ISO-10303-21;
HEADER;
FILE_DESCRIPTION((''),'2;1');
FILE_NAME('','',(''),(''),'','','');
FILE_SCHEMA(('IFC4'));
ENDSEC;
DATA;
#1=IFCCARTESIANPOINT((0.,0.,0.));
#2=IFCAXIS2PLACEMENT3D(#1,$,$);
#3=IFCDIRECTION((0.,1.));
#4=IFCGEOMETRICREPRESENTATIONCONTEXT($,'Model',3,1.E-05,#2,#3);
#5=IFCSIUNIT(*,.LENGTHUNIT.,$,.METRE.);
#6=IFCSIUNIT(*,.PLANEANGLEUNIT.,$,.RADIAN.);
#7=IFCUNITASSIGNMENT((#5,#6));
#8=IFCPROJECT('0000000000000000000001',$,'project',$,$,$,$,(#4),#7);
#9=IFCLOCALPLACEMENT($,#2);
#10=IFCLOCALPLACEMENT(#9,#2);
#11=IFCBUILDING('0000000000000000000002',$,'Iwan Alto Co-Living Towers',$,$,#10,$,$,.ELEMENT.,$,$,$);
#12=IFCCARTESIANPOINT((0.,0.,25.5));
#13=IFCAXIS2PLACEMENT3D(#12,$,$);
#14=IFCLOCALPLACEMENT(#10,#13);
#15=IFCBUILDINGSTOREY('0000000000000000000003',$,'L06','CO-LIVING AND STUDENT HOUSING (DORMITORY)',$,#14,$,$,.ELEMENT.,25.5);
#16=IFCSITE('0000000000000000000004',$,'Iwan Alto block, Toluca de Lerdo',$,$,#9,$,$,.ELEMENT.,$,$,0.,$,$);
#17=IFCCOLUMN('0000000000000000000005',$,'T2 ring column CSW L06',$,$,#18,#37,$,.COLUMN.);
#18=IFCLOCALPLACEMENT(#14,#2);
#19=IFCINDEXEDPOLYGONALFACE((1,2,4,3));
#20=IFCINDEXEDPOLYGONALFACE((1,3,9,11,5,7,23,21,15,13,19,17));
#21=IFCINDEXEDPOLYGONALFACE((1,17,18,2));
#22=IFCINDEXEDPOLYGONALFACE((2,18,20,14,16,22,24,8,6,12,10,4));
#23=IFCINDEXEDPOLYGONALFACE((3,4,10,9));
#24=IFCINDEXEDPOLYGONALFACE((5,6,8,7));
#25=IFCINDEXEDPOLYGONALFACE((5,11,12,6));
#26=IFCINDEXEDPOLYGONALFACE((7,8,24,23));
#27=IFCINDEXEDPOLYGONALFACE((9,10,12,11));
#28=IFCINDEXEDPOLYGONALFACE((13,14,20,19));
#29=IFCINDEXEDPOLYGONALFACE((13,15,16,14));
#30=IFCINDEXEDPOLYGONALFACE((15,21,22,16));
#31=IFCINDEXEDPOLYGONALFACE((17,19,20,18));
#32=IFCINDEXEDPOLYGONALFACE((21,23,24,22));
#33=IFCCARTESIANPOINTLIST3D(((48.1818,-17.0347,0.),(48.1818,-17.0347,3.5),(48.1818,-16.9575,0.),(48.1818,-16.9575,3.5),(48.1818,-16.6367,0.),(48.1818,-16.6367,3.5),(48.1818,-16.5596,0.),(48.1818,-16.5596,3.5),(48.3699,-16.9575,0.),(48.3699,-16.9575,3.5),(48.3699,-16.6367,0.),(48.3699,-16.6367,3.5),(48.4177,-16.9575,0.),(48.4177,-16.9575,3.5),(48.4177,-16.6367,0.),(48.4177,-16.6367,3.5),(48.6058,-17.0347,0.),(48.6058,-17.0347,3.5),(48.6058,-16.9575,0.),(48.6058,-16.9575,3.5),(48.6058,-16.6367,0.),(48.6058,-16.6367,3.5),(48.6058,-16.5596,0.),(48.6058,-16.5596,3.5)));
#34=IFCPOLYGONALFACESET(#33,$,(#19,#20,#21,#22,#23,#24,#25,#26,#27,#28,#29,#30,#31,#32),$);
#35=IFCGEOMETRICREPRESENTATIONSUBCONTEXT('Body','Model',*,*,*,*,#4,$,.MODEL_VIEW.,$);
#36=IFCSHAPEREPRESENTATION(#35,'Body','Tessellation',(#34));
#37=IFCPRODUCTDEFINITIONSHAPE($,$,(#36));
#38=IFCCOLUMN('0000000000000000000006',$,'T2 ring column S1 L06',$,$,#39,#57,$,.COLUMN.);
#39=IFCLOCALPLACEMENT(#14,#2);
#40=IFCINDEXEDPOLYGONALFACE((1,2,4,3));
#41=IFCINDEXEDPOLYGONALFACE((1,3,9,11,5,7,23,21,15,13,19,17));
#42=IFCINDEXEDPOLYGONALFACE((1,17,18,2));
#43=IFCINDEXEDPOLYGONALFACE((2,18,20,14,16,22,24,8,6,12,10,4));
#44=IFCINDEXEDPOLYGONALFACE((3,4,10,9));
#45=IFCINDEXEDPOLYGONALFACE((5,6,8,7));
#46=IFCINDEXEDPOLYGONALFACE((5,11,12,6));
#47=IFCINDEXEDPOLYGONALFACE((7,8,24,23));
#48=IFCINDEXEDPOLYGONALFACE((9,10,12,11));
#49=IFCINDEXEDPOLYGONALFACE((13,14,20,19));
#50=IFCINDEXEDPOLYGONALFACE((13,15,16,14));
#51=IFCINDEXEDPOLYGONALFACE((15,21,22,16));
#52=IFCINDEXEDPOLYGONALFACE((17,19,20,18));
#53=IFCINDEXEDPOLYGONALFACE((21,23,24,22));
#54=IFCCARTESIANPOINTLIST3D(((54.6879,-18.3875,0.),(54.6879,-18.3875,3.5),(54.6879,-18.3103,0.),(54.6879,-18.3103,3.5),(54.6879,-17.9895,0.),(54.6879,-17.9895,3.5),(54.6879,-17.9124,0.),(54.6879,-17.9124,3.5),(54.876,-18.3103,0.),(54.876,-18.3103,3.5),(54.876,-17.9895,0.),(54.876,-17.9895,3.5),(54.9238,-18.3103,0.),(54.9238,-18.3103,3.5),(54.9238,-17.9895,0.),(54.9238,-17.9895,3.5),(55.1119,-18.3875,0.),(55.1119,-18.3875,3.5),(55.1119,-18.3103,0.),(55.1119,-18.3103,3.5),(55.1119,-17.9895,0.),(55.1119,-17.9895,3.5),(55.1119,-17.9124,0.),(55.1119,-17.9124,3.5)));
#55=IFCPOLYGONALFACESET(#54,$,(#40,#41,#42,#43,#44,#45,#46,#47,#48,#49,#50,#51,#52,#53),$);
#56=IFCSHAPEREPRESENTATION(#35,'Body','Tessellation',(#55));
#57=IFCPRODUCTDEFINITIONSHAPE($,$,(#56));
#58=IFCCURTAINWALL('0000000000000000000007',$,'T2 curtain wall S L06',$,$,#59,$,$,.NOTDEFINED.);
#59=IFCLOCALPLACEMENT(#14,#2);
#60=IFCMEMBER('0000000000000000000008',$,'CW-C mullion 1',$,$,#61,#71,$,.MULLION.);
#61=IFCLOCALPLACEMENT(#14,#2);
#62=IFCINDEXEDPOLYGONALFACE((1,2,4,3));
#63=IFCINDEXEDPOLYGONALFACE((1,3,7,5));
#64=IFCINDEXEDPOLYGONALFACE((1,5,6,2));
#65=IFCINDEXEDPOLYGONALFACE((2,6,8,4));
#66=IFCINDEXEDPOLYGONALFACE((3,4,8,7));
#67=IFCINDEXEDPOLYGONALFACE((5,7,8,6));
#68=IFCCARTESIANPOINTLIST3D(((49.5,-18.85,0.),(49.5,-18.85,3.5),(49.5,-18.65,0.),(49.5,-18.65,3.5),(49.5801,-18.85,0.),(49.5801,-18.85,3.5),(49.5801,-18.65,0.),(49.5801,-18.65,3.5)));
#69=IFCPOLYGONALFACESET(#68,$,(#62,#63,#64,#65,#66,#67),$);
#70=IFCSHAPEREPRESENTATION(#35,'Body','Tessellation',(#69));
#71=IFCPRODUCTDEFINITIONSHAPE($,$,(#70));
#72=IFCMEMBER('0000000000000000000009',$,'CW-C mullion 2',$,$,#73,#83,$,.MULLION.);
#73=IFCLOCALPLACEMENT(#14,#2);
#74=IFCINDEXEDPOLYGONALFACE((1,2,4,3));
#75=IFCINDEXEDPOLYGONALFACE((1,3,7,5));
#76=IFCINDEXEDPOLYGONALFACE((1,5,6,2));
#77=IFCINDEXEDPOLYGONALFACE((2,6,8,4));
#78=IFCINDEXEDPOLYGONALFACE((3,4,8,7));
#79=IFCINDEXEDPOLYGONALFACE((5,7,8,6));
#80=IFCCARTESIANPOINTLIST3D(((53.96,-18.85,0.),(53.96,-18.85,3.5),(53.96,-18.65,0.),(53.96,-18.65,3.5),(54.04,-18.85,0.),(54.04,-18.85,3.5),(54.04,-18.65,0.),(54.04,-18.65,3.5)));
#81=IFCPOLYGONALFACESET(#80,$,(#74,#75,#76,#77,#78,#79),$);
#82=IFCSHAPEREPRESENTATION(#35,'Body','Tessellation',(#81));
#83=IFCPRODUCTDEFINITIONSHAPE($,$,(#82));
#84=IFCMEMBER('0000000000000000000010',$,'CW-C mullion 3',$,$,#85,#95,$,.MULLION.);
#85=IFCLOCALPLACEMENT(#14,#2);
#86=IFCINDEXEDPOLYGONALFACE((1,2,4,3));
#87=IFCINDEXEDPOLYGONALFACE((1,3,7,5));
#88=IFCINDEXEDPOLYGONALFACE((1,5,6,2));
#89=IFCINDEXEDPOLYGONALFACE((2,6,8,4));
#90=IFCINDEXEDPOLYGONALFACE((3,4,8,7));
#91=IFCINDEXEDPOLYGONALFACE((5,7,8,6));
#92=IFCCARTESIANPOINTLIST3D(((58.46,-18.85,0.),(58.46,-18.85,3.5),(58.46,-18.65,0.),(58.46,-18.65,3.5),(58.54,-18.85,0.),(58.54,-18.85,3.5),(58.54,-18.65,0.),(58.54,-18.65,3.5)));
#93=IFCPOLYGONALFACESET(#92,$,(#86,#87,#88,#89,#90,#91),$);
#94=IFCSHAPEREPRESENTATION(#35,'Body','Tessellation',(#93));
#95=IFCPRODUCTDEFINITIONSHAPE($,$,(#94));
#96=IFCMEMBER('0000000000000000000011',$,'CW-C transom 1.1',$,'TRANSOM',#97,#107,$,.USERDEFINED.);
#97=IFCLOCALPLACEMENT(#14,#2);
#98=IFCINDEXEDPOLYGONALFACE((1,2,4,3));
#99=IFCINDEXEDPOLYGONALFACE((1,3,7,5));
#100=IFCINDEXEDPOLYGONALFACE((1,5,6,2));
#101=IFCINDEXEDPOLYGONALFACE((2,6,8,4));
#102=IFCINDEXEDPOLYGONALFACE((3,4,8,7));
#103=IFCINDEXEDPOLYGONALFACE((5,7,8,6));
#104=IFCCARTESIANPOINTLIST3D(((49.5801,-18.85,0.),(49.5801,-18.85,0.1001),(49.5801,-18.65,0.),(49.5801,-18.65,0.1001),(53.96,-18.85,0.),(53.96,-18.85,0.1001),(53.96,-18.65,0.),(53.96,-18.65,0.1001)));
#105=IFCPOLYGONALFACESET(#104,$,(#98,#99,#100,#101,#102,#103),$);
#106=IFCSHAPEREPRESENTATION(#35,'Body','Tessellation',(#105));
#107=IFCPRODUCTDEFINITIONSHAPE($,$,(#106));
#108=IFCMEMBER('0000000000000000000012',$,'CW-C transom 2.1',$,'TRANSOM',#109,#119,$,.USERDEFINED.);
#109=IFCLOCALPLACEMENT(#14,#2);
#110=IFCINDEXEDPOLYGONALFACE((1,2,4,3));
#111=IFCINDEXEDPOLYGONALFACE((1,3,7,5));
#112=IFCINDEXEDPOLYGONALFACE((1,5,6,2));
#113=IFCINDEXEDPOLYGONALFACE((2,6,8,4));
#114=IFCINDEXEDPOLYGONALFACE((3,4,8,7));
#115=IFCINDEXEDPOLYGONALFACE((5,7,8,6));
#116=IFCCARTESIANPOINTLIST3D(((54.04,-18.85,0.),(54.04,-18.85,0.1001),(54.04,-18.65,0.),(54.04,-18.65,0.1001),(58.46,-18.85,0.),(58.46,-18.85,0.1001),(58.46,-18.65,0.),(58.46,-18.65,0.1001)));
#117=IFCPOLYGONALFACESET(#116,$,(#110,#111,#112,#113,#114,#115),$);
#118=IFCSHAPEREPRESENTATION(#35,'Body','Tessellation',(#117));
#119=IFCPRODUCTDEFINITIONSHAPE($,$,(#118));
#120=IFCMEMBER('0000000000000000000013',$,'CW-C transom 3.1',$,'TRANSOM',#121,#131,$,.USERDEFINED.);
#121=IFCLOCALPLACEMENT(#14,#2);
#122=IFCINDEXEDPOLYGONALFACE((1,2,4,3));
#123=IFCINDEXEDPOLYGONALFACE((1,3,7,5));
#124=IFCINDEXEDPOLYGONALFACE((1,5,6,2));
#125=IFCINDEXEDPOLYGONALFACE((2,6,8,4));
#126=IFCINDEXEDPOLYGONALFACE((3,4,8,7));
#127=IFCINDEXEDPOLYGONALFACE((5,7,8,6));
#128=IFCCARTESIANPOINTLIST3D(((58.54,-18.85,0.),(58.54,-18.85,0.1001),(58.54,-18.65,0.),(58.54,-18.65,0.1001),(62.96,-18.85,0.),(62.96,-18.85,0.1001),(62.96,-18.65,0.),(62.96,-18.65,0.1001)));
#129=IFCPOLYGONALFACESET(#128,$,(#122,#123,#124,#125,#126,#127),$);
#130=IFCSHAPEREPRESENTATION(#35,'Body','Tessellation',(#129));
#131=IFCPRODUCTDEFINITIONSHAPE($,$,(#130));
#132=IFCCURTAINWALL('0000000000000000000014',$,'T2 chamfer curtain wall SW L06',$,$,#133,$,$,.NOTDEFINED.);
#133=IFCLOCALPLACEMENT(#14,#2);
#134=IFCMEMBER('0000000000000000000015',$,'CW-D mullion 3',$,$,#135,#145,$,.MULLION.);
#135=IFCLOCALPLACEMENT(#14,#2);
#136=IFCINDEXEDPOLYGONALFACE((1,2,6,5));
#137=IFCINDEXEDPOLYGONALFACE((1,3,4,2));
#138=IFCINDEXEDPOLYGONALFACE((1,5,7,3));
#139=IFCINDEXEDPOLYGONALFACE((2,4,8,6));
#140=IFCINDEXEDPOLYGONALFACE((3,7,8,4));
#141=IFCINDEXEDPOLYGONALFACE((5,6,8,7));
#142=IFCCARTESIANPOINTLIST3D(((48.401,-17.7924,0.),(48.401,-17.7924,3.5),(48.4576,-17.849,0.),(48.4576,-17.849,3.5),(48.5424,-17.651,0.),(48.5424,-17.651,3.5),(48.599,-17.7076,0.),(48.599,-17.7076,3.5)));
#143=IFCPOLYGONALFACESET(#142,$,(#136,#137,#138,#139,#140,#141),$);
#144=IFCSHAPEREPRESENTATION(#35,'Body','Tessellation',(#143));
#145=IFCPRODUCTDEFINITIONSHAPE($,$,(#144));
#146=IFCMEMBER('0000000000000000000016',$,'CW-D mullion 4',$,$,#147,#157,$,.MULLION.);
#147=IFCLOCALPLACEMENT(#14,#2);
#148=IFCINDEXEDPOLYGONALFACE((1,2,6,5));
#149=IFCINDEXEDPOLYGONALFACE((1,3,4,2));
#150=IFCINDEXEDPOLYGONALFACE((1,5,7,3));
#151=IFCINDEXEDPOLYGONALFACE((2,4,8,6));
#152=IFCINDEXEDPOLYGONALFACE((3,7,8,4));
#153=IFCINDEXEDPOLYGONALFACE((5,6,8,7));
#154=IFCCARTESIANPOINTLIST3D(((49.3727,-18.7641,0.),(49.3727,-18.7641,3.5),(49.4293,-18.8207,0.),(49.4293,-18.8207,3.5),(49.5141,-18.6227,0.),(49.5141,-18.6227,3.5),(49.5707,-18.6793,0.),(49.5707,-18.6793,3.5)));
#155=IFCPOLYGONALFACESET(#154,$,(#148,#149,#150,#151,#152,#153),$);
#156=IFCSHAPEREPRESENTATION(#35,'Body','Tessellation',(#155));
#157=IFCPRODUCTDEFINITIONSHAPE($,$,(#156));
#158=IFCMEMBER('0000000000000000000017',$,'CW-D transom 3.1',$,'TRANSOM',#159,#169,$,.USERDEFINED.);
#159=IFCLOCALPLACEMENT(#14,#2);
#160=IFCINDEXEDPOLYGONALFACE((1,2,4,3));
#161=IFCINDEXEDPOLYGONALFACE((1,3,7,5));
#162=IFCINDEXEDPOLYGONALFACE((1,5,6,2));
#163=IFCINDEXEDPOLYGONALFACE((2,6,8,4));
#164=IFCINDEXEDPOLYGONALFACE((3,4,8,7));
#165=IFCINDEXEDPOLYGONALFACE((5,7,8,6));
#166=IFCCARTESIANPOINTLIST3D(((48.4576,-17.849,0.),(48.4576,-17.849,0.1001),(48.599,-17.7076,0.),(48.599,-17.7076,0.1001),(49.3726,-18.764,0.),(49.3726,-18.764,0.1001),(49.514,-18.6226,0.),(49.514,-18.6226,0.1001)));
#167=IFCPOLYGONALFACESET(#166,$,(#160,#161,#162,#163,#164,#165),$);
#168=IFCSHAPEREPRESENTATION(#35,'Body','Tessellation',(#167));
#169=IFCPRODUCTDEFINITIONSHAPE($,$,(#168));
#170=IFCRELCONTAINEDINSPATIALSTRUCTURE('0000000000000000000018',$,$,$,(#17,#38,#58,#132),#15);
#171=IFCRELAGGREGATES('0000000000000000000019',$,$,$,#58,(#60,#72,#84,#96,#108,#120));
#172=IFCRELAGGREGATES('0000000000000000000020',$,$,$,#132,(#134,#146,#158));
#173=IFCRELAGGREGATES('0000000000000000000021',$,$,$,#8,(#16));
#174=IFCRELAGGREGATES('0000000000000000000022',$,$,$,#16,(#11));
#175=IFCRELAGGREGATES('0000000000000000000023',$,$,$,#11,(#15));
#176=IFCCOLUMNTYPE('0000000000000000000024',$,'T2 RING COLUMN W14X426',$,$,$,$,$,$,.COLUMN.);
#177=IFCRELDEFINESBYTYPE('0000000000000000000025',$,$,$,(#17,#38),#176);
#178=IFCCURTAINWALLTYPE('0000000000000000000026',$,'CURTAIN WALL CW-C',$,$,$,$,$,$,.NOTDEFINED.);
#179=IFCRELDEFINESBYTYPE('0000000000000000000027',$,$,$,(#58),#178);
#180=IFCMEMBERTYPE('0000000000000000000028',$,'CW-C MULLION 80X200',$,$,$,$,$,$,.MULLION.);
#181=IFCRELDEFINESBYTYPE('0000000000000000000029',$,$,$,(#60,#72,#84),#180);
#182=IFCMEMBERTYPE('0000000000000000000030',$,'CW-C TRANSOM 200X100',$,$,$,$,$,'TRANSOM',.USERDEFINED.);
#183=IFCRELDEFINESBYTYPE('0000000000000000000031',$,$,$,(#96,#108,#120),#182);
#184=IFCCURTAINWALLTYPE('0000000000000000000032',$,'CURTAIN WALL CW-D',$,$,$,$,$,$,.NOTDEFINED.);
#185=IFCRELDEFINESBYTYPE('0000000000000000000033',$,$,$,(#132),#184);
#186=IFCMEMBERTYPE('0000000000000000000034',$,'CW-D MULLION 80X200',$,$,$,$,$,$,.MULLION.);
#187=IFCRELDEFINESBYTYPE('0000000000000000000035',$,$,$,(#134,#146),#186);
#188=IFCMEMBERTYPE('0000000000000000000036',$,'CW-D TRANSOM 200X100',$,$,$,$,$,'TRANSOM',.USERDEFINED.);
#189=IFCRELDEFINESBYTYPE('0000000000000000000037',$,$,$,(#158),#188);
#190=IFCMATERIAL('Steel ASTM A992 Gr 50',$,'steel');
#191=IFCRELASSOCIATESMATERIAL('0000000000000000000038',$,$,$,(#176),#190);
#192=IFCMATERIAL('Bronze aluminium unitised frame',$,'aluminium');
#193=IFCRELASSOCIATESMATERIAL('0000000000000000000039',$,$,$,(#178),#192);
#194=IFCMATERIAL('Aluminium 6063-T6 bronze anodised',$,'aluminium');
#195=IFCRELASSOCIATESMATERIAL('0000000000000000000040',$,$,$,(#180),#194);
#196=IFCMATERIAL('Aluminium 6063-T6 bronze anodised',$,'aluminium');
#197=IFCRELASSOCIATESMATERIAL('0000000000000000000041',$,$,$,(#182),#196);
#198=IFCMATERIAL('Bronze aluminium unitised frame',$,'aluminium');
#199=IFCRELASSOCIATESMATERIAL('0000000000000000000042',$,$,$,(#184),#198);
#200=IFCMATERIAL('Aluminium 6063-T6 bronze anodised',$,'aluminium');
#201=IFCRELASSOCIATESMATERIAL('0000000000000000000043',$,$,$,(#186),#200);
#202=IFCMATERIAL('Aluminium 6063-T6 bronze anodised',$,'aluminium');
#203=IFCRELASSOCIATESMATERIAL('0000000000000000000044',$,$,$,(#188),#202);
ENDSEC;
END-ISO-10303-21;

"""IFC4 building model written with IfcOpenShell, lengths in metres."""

from ifc_helpers import new_model, si_unit, direction, frame, origin, origin_2d, place, context, subcontext, project, spatial, rectangle, i_section, extrude, material, material_profile, profile_set, type_object, element, aggregate, save


model = new_model("IFC4")

# Units and contexts
model_context = context("Model", 3, precision=1e-05, world=origin(), true_north=direction((0.0, 1.0)))
body_context = subcontext(model_context, "Body", "Model", "MODEL_VIEW")
ifc_project = project(units=[si_unit("LENGTHUNIT", "METRE"), si_unit("PLANEANGLEUNIT", "RADIAN")], contexts=[model_context])

# Site, building, storey
site_placement = place(None, origin())
site = spatial("IfcSite", under=ifc_project, at=site_placement, Name="Iwan Alto block, Toluca de Lerdo", CompositionType="ELEMENT", RefElevation=0.0)
building_placement = place(site_placement, origin())
building = spatial("IfcBuilding", under=site, at=building_placement, Name="Iwan Alto Co-Living Towers", CompositionType="ELEMENT")
storey_placement = place(building_placement, frame((0.0, 0.0, 25.5)))
storey = spatial("IfcBuildingStorey", under=building, at=storey_placement, Name="L06", Description="CO-LIVING AND STUDENT HOUSING (DORMITORY)", CompositionType="ELEMENT", Elevation=25.5)

# Columns
ifc_material_1 = material(Name="Steel ASTM A992 Gr 50", Category="steel")
ifc_material_profile_1 = material_profile(ifc_material_1, i_section(OverallWidth=0.4241, OverallDepth=0.4751, WebThickness=0.0479, FlangeThickness=0.0771, at=origin_2d()), Name="W14X426")
ifc_profile_set_1 = profile_set([ifc_material_profile_1], Name="Steel ASTM A992 Gr 50")
column_type = type_object("IfcColumnType", Name="T2 RING COLUMN W14X426", PredefinedType="COLUMN", material=ifc_profile_set_1)
for number, where, z_axis, x_axis, name in (
    (1, (48.3938, -16.7971, 0.0), (0.0, 0.0, 1.0), (1.0, 0.0, 0.0), "T2 ring column CSW L06"),
    (2, (54.8999, -18.1499, 0.0), (0.0, 0.0, 1.0), (1.0, 0.0, 0.0), "T2 ring column S1 L06"),
):
    element("IfcColumn", number, at=place(storey_placement, frame(where, z_axis=z_axis, x_axis=x_axis)), inside=storey, type_object=column_type, Name=name, PredefinedType="COLUMN", context=body_context, shape_type="SweptSolid", body=[
        extrude(i_section(OverallWidth=0.4241, OverallDepth=0.4751, WebThickness=0.0479, FlangeThickness=0.0771, at=origin_2d()), origin(), (0.0, 0.0, 1.0), 3.5),
    ])

# Curtain walls, members
ifc_material_2 = material(Name="Bronze aluminium unitised frame", Category="aluminium")
curtain_wall_type_1 = type_object("IfcCurtainWallType", Name="CURTAIN WALL CW-C", PredefinedType="NOTDEFINED", material=ifc_material_2)
curtain_wall_1_placement = place(storey_placement, origin())
curtain_wall_1 = element("IfcCurtainWall", 3, at=curtain_wall_1_placement, inside=storey, type_object=curtain_wall_type_1, Name="T2 curtain wall S L06", PredefinedType="NOTDEFINED")
ifc_material_3 = material(Name="Aluminium 6063-T6 bronze anodised", Category="aluminium")
ifc_material_profile_2 = material_profile(ifc_material_3, rectangle(XDim=0.2, YDim=0.0801, at=origin_2d()), Name="AL 80X200")
ifc_profile_set_2 = profile_set([ifc_material_profile_2], Name="Aluminium 6063-T6 bronze anodised")
member_type_1 = type_object("IfcMemberType", Name="CW-C MULLION 80X200", PredefinedType="MULLION", material=ifc_profile_set_2)
member_1_placement = place(storey_placement, frame((49.54, -18.75, 0.0), z_axis=(0.0, 0.0, 1.0), x_axis=(0.0, 1.0, 0.0)))
member_1 = element("IfcMember", 4, at=member_1_placement, type_object=member_type_1, Name="CW-C mullion 1", PredefinedType="MULLION", context=body_context, shape_type="SweptSolid", body=[
    extrude(rectangle(XDim=0.2, YDim=0.0801, at=origin_2d()), origin(), (0.0, 0.0, 1.0), 3.5),
])
member_2_placement = place(storey_placement, frame((54.0, -18.75, 0.0), z_axis=(0.0, 0.0, 1.0), x_axis=(0.0, 1.0, 0.0)))
member_2 = element("IfcMember", 5, at=member_2_placement, type_object=member_type_1, Name="CW-C mullion 2", PredefinedType="MULLION", context=body_context, shape_type="SweptSolid", body=[
    extrude(rectangle(XDim=0.2, YDim=0.0801, at=origin_2d()), origin(), (0.0, 0.0, 1.0), 3.5),
])
member_3_placement = place(storey_placement, frame((58.5, -18.75, 0.0), z_axis=(0.0, 0.0, 1.0), x_axis=(0.0, 1.0, 0.0)))
member_3 = element("IfcMember", 6, at=member_3_placement, type_object=member_type_1, Name="CW-C mullion 3", PredefinedType="MULLION", context=body_context, shape_type="SweptSolid", body=[
    extrude(rectangle(XDim=0.2, YDim=0.0801, at=origin_2d()), origin(), (0.0, 0.0, 1.0), 3.5),
])
ifc_material_4 = material(Name="Aluminium 6063-T6 bronze anodised", Category="aluminium")
ifc_material_profile_3 = material_profile(ifc_material_4, rectangle(XDim=0.2, YDim=0.1001, at=origin_2d()), Name="AL 200X100")
ifc_profile_set_3 = profile_set([ifc_material_profile_3], Name="Aluminium 6063-T6 bronze anodised")
member_type_2 = type_object("IfcMemberType", Name="CW-C TRANSOM 200X100", ElementType="TRANSOM", PredefinedType="USERDEFINED", material=ifc_profile_set_3)
member_4_placement = place(storey_placement, frame((49.5801, -18.75, 0.05), z_axis=(1.0, 0.0, 0.0), x_axis=(0.0, 1.0, 0.0)))
member_4 = element("IfcMember", 7, at=member_4_placement, type_object=member_type_2, Name="CW-C transom 1.1", ObjectType="TRANSOM", PredefinedType="USERDEFINED", context=body_context, shape_type="SweptSolid", body=[
    extrude(rectangle(XDim=0.2, YDim=0.1001, at=origin_2d()), origin(), (0.0, 0.0, 1.0), 4.3799),
])
member_5_placement = place(storey_placement, frame((54.04, -18.75, 0.05), z_axis=(1.0, 0.0, 0.0), x_axis=(0.0, 1.0, 0.0)))
member_5 = element("IfcMember", 8, at=member_5_placement, type_object=member_type_2, Name="CW-C transom 2.1", ObjectType="TRANSOM", PredefinedType="USERDEFINED", context=body_context, shape_type="SweptSolid", body=[
    extrude(rectangle(XDim=0.2, YDim=0.1001, at=origin_2d()), origin(), (0.0, 0.0, 1.0), 4.4199),
])
member_6_placement = place(storey_placement, frame((58.54, -18.75, 0.05), z_axis=(1.0, 0.0, 0.0), x_axis=(0.0, 1.0, 0.0)))
member_6 = element("IfcMember", 9, at=member_6_placement, type_object=member_type_2, Name="CW-C transom 3.1", ObjectType="TRANSOM", PredefinedType="USERDEFINED", context=body_context, shape_type="SweptSolid", body=[
    extrude(rectangle(XDim=0.2, YDim=0.1001, at=origin_2d()), origin(), (0.0, 0.0, 1.0), 4.4199),
])
ifc_material_5 = material(Name="Bronze aluminium unitised frame", Category="aluminium")
curtain_wall_type_2 = type_object("IfcCurtainWallType", Name="CURTAIN WALL CW-D", PredefinedType="NOTDEFINED", material=ifc_material_5)
curtain_wall_2_placement = place(storey_placement, origin())
curtain_wall_2 = element("IfcCurtainWall", 10, at=curtain_wall_2_placement, inside=storey, type_object=curtain_wall_type_2, Name="T2 chamfer curtain wall SW L06", PredefinedType="NOTDEFINED")
ifc_material_6 = material(Name="Aluminium 6063-T6 bronze anodised", Category="aluminium")
ifc_material_profile_4 = material_profile(ifc_material_6, rectangle(XDim=0.2, YDim=0.0801, at=origin_2d()), Name="AL 80X200")
ifc_profile_set_4 = profile_set([ifc_material_profile_4], Name="Aluminium 6063-T6 bronze anodised")
member_type_3 = type_object("IfcMemberType", Name="CW-D MULLION 80X200", PredefinedType="MULLION", material=ifc_profile_set_4)
member_7_placement = place(storey_placement, frame((48.5, -17.75, 0.0), z_axis=(0.0, 0.0, 1.0), x_axis=(0.707107, 0.707107, 0.0)))
member_7 = element("IfcMember", 11, at=member_7_placement, type_object=member_type_3, Name="CW-D mullion 3", PredefinedType="MULLION", context=body_context, shape_type="SweptSolid", body=[
    extrude(rectangle(XDim=0.2, YDim=0.0801, at=origin_2d()), origin(), (0.0, 0.0, 1.0), 3.5),
])
member_8_placement = place(storey_placement, frame((49.4717, -18.7217, 0.0), z_axis=(0.0, 0.0, 1.0), x_axis=(0.707107, 0.707107, 0.0)))
member_8 = element("IfcMember", 12, at=member_8_placement, type_object=member_type_3, Name="CW-D mullion 4", PredefinedType="MULLION", context=body_context, shape_type="SweptSolid", body=[
    extrude(rectangle(XDim=0.2, YDim=0.0801, at=origin_2d()), origin(), (0.0, 0.0, 1.0), 3.5),
])
ifc_material_7 = material(Name="Aluminium 6063-T6 bronze anodised", Category="aluminium")
ifc_material_profile_5 = material_profile(ifc_material_7, rectangle(XDim=0.2, YDim=0.1001, at=origin_2d()), Name="AL 200X100")
ifc_profile_set_5 = profile_set([ifc_material_profile_5], Name="Aluminium 6063-T6 bronze anodised")
member_type_4 = type_object("IfcMemberType", Name="CW-D TRANSOM 200X100", ElementType="TRANSOM", PredefinedType="USERDEFINED", material=ifc_profile_set_5)
member_9_placement = place(storey_placement, frame((48.5283, -17.7783, 0.05), z_axis=(0.707107, -0.707107, 0.0), x_axis=(0.707107, 0.707107, 0.0)))
member_9 = element("IfcMember", 13, at=member_9_placement, type_object=member_type_4, Name="CW-D transom 3.1", ObjectType="TRANSOM", PredefinedType="USERDEFINED", context=body_context, shape_type="SweptSolid", body=[
    extrude(rectangle(XDim=0.2, YDim=0.1001, at=origin_2d()), origin(), (0.0, 0.0, 1.0), 1.2939),
])

aggregate(curtain_wall_1, [member_1, member_2, member_3, member_4, member_5, member_6])
aggregate(curtain_wall_2, [member_7, member_8, member_9])

save(model, "model.ifc")
